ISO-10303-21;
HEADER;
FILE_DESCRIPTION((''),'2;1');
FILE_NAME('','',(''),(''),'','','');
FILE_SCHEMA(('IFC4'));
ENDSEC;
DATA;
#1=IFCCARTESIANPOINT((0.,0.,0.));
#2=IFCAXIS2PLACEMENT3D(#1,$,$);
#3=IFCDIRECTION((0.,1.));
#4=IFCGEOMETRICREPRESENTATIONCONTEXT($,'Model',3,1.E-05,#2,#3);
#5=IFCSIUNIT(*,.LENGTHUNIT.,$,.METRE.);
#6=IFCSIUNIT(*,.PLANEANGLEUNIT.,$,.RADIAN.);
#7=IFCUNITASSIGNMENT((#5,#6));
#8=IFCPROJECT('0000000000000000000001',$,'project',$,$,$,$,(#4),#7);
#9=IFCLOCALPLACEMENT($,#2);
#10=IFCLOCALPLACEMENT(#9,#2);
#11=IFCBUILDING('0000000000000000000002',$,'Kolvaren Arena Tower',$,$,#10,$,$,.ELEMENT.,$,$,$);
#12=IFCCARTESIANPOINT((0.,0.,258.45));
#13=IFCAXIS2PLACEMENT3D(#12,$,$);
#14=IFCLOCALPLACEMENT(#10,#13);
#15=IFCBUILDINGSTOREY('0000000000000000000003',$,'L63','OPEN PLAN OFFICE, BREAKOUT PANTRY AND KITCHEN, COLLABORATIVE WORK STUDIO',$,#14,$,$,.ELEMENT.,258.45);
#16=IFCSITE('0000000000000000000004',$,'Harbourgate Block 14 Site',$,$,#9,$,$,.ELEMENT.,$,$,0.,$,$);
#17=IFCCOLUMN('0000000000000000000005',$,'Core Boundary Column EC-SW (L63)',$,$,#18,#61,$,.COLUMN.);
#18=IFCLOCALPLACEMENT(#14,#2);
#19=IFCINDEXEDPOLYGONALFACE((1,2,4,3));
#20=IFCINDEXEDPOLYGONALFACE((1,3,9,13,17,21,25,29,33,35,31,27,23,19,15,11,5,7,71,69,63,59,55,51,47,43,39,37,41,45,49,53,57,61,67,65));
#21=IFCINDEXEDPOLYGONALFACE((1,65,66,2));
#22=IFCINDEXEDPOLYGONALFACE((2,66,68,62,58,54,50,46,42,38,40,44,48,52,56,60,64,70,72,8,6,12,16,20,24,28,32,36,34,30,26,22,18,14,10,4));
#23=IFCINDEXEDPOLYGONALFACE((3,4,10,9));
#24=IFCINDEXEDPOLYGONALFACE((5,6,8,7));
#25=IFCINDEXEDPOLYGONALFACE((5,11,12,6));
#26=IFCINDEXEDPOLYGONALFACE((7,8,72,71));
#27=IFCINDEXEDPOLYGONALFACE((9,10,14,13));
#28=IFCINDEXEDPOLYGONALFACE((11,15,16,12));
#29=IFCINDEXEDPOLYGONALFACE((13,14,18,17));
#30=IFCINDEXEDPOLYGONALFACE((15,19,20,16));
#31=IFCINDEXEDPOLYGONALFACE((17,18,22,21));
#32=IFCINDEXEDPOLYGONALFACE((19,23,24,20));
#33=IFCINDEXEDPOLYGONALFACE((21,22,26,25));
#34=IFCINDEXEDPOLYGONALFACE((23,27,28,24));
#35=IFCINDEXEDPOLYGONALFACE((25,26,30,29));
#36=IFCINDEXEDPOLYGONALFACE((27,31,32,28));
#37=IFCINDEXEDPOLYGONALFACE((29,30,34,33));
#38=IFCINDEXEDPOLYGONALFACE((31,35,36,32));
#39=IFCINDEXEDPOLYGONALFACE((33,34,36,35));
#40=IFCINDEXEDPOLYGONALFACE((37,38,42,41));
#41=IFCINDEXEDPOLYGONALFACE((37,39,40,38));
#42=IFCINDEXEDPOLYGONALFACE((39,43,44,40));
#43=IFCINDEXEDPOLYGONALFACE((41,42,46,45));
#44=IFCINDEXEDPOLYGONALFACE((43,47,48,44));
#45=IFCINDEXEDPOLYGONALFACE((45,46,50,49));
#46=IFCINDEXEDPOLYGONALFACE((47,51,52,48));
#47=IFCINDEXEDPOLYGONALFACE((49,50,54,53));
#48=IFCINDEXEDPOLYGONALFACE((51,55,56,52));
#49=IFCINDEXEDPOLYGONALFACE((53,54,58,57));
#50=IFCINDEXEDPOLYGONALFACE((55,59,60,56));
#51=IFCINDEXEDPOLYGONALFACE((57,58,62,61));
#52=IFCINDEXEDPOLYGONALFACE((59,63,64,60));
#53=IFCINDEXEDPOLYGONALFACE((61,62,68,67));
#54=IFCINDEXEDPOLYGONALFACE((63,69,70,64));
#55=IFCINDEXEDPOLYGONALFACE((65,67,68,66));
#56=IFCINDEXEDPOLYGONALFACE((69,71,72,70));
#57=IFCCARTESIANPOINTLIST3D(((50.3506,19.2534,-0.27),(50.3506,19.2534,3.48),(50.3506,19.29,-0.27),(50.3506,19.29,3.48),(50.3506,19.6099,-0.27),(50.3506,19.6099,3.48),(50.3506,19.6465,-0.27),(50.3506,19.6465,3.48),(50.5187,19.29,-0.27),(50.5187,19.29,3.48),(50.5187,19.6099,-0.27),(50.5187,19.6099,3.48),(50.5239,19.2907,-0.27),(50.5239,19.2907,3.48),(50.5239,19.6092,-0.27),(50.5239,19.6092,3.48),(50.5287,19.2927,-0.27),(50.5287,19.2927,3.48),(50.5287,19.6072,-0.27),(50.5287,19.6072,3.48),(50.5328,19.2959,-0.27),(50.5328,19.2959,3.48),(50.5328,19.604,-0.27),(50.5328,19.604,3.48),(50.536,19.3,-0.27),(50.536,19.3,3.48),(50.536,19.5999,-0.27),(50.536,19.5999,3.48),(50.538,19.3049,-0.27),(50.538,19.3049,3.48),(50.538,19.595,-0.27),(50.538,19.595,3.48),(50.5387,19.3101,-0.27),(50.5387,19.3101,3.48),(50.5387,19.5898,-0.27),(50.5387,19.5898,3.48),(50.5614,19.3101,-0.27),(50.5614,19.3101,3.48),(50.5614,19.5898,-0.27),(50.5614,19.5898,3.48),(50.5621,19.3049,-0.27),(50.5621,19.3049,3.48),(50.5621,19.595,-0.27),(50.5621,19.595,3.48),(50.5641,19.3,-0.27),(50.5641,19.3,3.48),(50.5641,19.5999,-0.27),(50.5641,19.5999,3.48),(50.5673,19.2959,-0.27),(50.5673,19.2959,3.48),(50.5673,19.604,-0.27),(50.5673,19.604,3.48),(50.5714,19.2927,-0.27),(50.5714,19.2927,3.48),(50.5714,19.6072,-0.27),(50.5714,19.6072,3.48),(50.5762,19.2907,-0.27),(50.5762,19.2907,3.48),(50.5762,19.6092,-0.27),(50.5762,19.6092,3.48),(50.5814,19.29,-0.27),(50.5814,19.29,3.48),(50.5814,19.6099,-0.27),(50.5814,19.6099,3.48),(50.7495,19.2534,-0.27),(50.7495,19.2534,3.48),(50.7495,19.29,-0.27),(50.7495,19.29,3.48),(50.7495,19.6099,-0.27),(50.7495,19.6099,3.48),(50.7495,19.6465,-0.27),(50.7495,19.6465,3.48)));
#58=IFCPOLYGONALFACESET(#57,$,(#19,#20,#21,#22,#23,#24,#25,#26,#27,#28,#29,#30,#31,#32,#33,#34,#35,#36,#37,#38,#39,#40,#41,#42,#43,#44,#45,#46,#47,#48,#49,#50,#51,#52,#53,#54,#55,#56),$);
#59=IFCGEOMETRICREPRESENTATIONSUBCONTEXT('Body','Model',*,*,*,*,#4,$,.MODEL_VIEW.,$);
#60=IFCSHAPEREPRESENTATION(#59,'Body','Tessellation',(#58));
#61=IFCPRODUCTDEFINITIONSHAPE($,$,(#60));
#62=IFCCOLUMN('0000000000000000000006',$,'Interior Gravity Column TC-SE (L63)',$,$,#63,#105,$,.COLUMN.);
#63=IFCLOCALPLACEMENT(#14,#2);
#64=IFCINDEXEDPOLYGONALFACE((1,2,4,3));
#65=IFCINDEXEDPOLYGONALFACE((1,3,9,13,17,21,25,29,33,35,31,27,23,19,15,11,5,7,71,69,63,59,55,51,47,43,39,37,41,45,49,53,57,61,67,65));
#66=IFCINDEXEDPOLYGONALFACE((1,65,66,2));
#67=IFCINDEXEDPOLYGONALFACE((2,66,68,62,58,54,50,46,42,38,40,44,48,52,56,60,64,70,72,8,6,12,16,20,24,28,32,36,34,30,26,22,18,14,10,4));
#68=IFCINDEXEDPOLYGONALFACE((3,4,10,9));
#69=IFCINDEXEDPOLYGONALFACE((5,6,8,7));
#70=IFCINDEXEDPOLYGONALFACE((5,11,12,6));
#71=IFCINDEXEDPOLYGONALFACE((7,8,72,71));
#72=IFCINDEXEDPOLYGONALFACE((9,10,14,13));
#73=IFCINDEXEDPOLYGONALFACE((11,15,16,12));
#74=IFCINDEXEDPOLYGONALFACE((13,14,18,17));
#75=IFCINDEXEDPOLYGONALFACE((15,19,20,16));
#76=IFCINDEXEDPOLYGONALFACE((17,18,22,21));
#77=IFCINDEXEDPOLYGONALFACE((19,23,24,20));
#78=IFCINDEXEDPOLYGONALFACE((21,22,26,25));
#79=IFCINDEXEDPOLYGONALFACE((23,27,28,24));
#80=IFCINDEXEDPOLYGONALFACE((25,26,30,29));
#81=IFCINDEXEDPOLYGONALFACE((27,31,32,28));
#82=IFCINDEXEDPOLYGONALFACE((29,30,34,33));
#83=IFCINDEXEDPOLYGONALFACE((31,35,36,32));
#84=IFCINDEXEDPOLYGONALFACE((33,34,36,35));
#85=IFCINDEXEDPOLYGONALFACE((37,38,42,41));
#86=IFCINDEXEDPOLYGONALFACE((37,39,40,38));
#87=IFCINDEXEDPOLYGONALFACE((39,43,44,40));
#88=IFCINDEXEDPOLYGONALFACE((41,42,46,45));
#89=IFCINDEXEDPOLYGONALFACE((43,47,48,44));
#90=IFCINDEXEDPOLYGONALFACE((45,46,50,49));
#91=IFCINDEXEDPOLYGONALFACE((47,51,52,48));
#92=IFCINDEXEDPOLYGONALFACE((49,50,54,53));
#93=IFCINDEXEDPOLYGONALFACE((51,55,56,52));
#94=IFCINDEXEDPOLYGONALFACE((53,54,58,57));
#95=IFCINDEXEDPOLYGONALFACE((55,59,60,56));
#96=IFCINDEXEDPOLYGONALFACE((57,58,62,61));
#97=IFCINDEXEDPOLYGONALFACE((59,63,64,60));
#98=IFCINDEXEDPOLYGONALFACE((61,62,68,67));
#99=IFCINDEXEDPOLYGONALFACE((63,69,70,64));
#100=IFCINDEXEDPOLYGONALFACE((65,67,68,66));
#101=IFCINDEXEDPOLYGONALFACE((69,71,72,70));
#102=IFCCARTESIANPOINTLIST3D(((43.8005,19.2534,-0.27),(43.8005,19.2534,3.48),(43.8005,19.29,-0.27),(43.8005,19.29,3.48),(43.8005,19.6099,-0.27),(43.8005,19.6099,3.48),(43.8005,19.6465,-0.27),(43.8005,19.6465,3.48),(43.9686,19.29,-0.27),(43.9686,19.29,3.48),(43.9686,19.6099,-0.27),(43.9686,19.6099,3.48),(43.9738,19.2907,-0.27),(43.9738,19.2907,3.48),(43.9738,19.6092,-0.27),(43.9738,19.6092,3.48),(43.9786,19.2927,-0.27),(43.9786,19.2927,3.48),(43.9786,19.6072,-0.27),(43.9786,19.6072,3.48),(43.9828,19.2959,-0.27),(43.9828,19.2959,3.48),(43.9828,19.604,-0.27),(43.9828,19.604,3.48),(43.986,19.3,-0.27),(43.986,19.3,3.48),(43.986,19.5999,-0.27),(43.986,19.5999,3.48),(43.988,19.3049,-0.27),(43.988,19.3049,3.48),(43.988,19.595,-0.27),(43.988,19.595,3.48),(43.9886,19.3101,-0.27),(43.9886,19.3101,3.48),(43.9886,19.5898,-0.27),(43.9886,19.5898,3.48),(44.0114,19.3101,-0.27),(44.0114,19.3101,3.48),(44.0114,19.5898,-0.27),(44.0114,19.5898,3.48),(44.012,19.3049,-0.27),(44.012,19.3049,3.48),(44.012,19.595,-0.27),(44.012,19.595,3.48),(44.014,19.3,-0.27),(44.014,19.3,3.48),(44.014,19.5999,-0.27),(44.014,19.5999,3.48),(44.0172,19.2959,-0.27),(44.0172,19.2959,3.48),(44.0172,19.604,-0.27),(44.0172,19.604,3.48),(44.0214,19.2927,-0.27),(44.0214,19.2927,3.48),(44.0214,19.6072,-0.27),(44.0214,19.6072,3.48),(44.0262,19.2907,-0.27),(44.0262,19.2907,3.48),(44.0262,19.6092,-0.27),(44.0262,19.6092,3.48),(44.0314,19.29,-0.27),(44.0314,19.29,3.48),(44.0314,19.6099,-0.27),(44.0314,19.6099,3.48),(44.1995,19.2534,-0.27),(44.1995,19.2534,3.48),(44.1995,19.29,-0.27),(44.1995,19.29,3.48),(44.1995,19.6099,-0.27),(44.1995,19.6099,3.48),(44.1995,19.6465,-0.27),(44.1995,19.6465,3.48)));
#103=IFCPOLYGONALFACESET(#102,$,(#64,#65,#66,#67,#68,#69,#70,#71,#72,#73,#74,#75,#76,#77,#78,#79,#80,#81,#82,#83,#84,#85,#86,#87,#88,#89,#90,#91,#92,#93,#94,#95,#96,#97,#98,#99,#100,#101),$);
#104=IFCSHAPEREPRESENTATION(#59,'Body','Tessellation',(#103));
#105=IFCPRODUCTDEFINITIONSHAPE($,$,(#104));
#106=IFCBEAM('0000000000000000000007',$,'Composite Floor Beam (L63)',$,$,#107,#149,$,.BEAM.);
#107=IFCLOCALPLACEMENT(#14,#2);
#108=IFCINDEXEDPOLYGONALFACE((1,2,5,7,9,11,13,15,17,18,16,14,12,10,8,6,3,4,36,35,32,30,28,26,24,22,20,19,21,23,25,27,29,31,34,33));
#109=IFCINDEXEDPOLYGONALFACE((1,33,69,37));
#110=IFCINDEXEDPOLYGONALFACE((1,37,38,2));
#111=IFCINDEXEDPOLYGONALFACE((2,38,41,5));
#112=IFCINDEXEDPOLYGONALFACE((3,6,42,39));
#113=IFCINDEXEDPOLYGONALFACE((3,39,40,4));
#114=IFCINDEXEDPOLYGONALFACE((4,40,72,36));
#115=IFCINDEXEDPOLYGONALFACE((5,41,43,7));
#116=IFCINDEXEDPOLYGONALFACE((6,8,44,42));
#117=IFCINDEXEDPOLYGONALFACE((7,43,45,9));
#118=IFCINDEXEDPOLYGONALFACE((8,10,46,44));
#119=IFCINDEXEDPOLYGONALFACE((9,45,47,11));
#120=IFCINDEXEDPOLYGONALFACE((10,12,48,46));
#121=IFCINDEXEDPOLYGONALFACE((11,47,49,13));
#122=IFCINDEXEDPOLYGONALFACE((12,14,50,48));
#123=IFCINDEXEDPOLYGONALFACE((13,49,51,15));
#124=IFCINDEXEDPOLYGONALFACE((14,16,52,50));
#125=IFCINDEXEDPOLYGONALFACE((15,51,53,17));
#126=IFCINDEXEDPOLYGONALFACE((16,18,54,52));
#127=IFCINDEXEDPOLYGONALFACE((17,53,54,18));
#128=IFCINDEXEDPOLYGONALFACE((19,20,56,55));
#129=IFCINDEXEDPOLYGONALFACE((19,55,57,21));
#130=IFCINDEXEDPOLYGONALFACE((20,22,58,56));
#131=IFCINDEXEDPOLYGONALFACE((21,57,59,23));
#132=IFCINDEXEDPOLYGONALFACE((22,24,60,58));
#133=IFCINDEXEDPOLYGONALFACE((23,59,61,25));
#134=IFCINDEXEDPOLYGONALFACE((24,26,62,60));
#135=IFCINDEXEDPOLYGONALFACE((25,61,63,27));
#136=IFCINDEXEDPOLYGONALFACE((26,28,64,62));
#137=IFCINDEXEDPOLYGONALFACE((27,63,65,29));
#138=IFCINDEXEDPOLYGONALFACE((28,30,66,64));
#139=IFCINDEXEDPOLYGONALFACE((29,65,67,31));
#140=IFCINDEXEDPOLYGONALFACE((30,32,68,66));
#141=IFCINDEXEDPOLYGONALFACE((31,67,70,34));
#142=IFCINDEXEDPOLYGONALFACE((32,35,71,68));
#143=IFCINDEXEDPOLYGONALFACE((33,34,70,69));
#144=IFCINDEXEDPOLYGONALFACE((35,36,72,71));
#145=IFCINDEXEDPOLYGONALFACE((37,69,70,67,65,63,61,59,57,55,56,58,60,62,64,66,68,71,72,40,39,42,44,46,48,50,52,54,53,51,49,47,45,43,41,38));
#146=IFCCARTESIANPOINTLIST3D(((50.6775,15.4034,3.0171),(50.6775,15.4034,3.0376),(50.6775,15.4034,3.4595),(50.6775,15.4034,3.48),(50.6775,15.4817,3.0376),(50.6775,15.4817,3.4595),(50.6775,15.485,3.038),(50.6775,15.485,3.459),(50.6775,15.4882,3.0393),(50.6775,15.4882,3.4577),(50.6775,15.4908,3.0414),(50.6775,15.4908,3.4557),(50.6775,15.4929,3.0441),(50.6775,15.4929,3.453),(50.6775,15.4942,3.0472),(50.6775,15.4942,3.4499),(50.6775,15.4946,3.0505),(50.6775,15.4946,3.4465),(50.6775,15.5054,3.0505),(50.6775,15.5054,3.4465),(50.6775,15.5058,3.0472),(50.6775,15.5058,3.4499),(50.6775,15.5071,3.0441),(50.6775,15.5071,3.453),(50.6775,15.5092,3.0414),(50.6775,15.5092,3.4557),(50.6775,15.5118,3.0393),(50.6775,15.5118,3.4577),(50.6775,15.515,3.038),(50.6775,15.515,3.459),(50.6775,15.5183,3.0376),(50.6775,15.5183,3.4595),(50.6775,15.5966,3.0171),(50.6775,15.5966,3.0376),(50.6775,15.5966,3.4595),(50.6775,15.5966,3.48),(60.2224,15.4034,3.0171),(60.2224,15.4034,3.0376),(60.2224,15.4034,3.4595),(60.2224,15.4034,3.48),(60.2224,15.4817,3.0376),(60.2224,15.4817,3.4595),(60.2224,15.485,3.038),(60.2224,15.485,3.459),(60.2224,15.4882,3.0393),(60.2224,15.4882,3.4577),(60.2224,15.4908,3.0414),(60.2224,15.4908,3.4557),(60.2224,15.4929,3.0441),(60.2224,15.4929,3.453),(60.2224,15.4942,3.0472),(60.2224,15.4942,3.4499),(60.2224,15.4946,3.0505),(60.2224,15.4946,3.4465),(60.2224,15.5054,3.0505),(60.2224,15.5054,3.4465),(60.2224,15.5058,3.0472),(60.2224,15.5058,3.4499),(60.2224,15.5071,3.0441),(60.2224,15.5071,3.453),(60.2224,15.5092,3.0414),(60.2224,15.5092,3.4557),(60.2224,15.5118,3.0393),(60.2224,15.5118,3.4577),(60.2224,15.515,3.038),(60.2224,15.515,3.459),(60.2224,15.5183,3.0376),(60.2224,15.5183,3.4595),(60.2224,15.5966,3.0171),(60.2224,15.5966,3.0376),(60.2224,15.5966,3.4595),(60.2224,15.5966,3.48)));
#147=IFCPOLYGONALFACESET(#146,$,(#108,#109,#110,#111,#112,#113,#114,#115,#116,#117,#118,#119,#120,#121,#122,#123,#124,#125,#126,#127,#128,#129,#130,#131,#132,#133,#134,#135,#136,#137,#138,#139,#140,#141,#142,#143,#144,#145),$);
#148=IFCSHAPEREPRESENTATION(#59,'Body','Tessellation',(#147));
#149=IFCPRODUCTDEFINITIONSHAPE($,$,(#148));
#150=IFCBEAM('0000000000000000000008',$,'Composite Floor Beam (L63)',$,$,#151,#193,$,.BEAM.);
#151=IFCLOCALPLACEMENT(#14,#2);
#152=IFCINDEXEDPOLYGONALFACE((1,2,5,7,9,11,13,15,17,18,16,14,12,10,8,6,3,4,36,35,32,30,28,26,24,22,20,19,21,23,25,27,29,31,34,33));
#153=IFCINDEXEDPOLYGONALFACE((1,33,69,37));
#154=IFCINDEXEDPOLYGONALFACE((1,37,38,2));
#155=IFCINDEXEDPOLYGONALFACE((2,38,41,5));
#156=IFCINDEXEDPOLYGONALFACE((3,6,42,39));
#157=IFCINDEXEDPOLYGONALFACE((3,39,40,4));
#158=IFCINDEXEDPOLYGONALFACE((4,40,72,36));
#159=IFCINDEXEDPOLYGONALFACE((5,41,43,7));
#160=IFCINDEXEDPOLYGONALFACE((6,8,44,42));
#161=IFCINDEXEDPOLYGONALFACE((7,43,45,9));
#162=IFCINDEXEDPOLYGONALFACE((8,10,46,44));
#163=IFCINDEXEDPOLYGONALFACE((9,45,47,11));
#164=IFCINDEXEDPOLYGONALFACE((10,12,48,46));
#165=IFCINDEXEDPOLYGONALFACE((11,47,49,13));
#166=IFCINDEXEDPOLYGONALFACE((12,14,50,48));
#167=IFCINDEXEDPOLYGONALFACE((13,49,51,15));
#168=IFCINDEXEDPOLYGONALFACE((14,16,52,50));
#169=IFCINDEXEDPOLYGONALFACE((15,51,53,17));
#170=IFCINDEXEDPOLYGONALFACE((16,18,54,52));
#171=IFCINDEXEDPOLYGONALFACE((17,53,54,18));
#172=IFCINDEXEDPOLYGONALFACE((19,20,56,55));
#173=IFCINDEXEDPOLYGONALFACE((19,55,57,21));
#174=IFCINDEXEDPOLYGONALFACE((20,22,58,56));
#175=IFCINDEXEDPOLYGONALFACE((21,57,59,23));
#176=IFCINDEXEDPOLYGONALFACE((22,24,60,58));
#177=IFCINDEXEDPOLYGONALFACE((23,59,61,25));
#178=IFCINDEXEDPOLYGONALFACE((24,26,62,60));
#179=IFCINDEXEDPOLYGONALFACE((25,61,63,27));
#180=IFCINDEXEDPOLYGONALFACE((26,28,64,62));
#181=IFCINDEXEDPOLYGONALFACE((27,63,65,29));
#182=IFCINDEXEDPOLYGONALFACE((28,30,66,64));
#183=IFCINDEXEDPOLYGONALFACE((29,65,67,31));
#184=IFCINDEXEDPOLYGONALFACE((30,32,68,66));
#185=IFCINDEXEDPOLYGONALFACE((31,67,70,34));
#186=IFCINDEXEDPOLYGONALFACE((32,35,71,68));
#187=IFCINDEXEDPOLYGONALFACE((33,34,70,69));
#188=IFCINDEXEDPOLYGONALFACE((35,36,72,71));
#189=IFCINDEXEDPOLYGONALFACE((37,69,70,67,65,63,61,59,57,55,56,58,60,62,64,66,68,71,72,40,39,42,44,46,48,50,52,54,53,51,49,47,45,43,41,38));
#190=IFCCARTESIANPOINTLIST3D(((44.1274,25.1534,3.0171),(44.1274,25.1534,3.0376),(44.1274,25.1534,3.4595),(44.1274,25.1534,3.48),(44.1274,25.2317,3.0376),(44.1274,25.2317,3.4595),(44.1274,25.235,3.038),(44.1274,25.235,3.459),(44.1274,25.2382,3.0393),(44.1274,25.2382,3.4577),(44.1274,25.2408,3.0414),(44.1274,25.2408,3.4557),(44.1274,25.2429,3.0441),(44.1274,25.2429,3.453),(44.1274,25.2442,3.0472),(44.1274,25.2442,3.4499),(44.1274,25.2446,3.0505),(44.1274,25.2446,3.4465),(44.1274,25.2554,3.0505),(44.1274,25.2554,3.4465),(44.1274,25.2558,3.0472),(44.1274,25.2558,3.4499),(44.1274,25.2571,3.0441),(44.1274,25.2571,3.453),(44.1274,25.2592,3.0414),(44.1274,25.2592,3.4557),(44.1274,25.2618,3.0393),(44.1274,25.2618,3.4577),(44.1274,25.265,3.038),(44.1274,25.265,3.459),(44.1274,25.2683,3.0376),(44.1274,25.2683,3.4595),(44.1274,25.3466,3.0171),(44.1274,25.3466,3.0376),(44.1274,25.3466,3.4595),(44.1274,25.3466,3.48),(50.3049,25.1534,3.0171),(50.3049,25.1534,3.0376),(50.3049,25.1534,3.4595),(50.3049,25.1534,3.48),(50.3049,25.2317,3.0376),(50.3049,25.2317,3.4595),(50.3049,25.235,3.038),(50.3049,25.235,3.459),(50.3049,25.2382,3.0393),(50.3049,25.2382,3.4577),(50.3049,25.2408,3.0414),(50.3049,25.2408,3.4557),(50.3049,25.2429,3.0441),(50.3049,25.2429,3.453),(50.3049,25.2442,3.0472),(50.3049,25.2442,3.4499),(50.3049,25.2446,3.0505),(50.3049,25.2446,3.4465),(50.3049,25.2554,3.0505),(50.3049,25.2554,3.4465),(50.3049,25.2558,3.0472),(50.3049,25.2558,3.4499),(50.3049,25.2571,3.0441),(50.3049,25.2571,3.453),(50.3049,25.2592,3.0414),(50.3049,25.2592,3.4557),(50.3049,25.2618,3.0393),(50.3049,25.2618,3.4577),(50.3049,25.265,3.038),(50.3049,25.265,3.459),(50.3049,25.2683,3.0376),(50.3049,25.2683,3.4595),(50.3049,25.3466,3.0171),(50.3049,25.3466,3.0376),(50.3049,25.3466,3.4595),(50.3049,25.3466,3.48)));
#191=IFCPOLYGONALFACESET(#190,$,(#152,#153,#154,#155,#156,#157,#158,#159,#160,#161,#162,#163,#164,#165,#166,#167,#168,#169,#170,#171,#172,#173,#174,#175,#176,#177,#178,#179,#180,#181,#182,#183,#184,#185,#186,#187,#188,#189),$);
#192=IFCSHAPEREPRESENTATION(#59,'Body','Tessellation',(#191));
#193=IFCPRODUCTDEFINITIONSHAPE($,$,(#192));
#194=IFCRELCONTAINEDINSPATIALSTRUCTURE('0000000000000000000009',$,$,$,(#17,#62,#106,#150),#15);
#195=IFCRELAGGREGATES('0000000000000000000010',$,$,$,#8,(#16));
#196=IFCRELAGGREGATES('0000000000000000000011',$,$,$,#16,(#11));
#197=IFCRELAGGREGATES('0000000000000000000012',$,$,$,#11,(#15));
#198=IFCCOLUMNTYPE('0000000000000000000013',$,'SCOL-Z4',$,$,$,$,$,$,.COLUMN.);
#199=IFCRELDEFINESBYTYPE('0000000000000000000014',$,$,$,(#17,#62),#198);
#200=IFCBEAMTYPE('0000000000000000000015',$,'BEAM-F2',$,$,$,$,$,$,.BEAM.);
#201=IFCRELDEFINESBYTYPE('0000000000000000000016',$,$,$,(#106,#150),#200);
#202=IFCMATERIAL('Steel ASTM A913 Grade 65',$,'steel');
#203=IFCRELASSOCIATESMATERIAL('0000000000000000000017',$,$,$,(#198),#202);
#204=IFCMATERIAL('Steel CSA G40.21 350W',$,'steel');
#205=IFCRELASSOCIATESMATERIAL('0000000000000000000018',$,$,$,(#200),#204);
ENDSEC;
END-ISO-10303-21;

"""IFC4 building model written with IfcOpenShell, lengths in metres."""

from ifc_helpers import new_model, si_unit, direction, frame, origin, origin_2d, place, context, subcontext, project, spatial, i_section, extrude, material, material_profile, profile_set, type_object, element, save


model = new_model("IFC4")

# Units and contexts
model_context = context("Model", 3, precision=1e-05, world=origin(), true_north=direction((0.0, 1.0)))
body_context = subcontext(model_context, "Body", "Model", "MODEL_VIEW")
ifc_project = project(units=[si_unit("LENGTHUNIT", "METRE"), si_unit("PLANEANGLEUNIT", "RADIAN")], contexts=[model_context])

# Site, building, storey
site_placement = place(None, origin())
site = spatial("IfcSite", under=ifc_project, at=site_placement, Name="Harbourgate Block 14 Site", CompositionType="ELEMENT", RefElevation=0.0)
building_placement = place(site_placement, origin())
building = spatial("IfcBuilding", under=site, at=building_placement, Name="Kolvaren Arena Tower", CompositionType="ELEMENT")
storey_placement = place(building_placement, frame((0.0, 0.0, 258.45)))
storey = spatial("IfcBuildingStorey", under=building, at=storey_placement, Name="L63", Description="OPEN PLAN OFFICE, BREAKOUT PANTRY AND KITCHEN, COLLABORATIVE WORK STUDIO", CompositionType="ELEMENT", Elevation=258.45)

# Columns
ifc_material_1 = material(Name="Steel ASTM A913 Grade 65", Category="steel")
ifc_material_profile_1 = material_profile(ifc_material_1, i_section(OverallWidth=0.3989, OverallDepth=0.3931, WebThickness=0.0227, FlangeThickness=0.0366, FilletRadius=0.02, at=origin_2d()), Name="W360x287")
ifc_profile_set_1 = profile_set([ifc_material_profile_1], Name="Steel ASTM A913 Grade 65")
column_type = type_object("IfcColumnType", Name="SCOL-Z4", PredefinedType="COLUMN", material=ifc_profile_set_1)
for number, where, z_axis, x_axis, name in (
    (1, (50.55, 19.45, -0.27), (0.0, 0.0, 1.0), (1.0, 0.0, 0.0), "Core Boundary Column EC-SW (L63)"),
    (2, (44.0, 19.45, -0.27), (0.0, 0.0, 1.0), (1.0, 0.0, 0.0), "Interior Gravity Column TC-SE (L63)"),
):
    element("IfcColumn", number, at=place(storey_placement, frame(where, z_axis=z_axis, x_axis=x_axis)), inside=storey, type_object=column_type, Name=name, PredefinedType="COLUMN", context=body_context, shape_type="SweptSolid", body=[
        extrude(i_section(OverallWidth=0.3989, OverallDepth=0.3931, WebThickness=0.0227, FlangeThickness=0.0366, FilletRadius=0.02, at=origin_2d()), origin(), (0.0, 0.0, 1.0), 3.75),
    ])

# Beams
ifc_material_2 = material(Name="Steel CSA G40.21 350W", Category="steel")
ifc_material_profile_2 = material_profile(ifc_material_2, i_section(OverallWidth=0.1931, OverallDepth=0.4629, WebThickness=0.0107, FlangeThickness=0.0205, FilletRadius=0.0129, at=origin_2d()), Name="W460x113")
ifc_profile_set_2 = profile_set([ifc_material_profile_2], Name="Steel CSA G40.21 350W")
beam_type_1 = type_object("IfcBeamType", Name="BEAM-F2", PredefinedType="BEAM", material=ifc_profile_set_2)
beam_1_placement = place(storey_placement, frame((50.6775, 15.5, 3.2485), z_axis=(1.0, 0.0, 0.0), x_axis=(0.0, 1.0, 0.0)))
element("IfcBeam", 3, at=beam_1_placement, inside=storey, type_object=beam_type_1, Name="Composite Floor Beam (L63)", PredefinedType="BEAM", context=body_context, shape_type="SweptSolid", body=[
    extrude(i_section(OverallWidth=0.1931, OverallDepth=0.4629, WebThickness=0.0107, FlangeThickness=0.0205, FilletRadius=0.0129, at=origin_2d()), origin(), (0.0, 0.0, 1.0), 9.5449),
])
beam_2_placement = place(storey_placement, frame((44.1274, 25.25, 3.2485), z_axis=(1.0, 0.0, 0.0), x_axis=(0.0, 1.0, 0.0)))
element("IfcBeam", 4, at=beam_2_placement, inside=storey, type_object=beam_type_1, Name="Composite Floor Beam (L63)", PredefinedType="BEAM", context=body_context, shape_type="SweptSolid", body=[
    extrude(i_section(OverallWidth=0.1931, OverallDepth=0.4629, WebThickness=0.0107, FlangeThickness=0.0205, FilletRadius=0.0129, at=origin_2d()), origin(), (0.0, 0.0, 1.0), 6.1775),
])

save(model, "model.ifc")
